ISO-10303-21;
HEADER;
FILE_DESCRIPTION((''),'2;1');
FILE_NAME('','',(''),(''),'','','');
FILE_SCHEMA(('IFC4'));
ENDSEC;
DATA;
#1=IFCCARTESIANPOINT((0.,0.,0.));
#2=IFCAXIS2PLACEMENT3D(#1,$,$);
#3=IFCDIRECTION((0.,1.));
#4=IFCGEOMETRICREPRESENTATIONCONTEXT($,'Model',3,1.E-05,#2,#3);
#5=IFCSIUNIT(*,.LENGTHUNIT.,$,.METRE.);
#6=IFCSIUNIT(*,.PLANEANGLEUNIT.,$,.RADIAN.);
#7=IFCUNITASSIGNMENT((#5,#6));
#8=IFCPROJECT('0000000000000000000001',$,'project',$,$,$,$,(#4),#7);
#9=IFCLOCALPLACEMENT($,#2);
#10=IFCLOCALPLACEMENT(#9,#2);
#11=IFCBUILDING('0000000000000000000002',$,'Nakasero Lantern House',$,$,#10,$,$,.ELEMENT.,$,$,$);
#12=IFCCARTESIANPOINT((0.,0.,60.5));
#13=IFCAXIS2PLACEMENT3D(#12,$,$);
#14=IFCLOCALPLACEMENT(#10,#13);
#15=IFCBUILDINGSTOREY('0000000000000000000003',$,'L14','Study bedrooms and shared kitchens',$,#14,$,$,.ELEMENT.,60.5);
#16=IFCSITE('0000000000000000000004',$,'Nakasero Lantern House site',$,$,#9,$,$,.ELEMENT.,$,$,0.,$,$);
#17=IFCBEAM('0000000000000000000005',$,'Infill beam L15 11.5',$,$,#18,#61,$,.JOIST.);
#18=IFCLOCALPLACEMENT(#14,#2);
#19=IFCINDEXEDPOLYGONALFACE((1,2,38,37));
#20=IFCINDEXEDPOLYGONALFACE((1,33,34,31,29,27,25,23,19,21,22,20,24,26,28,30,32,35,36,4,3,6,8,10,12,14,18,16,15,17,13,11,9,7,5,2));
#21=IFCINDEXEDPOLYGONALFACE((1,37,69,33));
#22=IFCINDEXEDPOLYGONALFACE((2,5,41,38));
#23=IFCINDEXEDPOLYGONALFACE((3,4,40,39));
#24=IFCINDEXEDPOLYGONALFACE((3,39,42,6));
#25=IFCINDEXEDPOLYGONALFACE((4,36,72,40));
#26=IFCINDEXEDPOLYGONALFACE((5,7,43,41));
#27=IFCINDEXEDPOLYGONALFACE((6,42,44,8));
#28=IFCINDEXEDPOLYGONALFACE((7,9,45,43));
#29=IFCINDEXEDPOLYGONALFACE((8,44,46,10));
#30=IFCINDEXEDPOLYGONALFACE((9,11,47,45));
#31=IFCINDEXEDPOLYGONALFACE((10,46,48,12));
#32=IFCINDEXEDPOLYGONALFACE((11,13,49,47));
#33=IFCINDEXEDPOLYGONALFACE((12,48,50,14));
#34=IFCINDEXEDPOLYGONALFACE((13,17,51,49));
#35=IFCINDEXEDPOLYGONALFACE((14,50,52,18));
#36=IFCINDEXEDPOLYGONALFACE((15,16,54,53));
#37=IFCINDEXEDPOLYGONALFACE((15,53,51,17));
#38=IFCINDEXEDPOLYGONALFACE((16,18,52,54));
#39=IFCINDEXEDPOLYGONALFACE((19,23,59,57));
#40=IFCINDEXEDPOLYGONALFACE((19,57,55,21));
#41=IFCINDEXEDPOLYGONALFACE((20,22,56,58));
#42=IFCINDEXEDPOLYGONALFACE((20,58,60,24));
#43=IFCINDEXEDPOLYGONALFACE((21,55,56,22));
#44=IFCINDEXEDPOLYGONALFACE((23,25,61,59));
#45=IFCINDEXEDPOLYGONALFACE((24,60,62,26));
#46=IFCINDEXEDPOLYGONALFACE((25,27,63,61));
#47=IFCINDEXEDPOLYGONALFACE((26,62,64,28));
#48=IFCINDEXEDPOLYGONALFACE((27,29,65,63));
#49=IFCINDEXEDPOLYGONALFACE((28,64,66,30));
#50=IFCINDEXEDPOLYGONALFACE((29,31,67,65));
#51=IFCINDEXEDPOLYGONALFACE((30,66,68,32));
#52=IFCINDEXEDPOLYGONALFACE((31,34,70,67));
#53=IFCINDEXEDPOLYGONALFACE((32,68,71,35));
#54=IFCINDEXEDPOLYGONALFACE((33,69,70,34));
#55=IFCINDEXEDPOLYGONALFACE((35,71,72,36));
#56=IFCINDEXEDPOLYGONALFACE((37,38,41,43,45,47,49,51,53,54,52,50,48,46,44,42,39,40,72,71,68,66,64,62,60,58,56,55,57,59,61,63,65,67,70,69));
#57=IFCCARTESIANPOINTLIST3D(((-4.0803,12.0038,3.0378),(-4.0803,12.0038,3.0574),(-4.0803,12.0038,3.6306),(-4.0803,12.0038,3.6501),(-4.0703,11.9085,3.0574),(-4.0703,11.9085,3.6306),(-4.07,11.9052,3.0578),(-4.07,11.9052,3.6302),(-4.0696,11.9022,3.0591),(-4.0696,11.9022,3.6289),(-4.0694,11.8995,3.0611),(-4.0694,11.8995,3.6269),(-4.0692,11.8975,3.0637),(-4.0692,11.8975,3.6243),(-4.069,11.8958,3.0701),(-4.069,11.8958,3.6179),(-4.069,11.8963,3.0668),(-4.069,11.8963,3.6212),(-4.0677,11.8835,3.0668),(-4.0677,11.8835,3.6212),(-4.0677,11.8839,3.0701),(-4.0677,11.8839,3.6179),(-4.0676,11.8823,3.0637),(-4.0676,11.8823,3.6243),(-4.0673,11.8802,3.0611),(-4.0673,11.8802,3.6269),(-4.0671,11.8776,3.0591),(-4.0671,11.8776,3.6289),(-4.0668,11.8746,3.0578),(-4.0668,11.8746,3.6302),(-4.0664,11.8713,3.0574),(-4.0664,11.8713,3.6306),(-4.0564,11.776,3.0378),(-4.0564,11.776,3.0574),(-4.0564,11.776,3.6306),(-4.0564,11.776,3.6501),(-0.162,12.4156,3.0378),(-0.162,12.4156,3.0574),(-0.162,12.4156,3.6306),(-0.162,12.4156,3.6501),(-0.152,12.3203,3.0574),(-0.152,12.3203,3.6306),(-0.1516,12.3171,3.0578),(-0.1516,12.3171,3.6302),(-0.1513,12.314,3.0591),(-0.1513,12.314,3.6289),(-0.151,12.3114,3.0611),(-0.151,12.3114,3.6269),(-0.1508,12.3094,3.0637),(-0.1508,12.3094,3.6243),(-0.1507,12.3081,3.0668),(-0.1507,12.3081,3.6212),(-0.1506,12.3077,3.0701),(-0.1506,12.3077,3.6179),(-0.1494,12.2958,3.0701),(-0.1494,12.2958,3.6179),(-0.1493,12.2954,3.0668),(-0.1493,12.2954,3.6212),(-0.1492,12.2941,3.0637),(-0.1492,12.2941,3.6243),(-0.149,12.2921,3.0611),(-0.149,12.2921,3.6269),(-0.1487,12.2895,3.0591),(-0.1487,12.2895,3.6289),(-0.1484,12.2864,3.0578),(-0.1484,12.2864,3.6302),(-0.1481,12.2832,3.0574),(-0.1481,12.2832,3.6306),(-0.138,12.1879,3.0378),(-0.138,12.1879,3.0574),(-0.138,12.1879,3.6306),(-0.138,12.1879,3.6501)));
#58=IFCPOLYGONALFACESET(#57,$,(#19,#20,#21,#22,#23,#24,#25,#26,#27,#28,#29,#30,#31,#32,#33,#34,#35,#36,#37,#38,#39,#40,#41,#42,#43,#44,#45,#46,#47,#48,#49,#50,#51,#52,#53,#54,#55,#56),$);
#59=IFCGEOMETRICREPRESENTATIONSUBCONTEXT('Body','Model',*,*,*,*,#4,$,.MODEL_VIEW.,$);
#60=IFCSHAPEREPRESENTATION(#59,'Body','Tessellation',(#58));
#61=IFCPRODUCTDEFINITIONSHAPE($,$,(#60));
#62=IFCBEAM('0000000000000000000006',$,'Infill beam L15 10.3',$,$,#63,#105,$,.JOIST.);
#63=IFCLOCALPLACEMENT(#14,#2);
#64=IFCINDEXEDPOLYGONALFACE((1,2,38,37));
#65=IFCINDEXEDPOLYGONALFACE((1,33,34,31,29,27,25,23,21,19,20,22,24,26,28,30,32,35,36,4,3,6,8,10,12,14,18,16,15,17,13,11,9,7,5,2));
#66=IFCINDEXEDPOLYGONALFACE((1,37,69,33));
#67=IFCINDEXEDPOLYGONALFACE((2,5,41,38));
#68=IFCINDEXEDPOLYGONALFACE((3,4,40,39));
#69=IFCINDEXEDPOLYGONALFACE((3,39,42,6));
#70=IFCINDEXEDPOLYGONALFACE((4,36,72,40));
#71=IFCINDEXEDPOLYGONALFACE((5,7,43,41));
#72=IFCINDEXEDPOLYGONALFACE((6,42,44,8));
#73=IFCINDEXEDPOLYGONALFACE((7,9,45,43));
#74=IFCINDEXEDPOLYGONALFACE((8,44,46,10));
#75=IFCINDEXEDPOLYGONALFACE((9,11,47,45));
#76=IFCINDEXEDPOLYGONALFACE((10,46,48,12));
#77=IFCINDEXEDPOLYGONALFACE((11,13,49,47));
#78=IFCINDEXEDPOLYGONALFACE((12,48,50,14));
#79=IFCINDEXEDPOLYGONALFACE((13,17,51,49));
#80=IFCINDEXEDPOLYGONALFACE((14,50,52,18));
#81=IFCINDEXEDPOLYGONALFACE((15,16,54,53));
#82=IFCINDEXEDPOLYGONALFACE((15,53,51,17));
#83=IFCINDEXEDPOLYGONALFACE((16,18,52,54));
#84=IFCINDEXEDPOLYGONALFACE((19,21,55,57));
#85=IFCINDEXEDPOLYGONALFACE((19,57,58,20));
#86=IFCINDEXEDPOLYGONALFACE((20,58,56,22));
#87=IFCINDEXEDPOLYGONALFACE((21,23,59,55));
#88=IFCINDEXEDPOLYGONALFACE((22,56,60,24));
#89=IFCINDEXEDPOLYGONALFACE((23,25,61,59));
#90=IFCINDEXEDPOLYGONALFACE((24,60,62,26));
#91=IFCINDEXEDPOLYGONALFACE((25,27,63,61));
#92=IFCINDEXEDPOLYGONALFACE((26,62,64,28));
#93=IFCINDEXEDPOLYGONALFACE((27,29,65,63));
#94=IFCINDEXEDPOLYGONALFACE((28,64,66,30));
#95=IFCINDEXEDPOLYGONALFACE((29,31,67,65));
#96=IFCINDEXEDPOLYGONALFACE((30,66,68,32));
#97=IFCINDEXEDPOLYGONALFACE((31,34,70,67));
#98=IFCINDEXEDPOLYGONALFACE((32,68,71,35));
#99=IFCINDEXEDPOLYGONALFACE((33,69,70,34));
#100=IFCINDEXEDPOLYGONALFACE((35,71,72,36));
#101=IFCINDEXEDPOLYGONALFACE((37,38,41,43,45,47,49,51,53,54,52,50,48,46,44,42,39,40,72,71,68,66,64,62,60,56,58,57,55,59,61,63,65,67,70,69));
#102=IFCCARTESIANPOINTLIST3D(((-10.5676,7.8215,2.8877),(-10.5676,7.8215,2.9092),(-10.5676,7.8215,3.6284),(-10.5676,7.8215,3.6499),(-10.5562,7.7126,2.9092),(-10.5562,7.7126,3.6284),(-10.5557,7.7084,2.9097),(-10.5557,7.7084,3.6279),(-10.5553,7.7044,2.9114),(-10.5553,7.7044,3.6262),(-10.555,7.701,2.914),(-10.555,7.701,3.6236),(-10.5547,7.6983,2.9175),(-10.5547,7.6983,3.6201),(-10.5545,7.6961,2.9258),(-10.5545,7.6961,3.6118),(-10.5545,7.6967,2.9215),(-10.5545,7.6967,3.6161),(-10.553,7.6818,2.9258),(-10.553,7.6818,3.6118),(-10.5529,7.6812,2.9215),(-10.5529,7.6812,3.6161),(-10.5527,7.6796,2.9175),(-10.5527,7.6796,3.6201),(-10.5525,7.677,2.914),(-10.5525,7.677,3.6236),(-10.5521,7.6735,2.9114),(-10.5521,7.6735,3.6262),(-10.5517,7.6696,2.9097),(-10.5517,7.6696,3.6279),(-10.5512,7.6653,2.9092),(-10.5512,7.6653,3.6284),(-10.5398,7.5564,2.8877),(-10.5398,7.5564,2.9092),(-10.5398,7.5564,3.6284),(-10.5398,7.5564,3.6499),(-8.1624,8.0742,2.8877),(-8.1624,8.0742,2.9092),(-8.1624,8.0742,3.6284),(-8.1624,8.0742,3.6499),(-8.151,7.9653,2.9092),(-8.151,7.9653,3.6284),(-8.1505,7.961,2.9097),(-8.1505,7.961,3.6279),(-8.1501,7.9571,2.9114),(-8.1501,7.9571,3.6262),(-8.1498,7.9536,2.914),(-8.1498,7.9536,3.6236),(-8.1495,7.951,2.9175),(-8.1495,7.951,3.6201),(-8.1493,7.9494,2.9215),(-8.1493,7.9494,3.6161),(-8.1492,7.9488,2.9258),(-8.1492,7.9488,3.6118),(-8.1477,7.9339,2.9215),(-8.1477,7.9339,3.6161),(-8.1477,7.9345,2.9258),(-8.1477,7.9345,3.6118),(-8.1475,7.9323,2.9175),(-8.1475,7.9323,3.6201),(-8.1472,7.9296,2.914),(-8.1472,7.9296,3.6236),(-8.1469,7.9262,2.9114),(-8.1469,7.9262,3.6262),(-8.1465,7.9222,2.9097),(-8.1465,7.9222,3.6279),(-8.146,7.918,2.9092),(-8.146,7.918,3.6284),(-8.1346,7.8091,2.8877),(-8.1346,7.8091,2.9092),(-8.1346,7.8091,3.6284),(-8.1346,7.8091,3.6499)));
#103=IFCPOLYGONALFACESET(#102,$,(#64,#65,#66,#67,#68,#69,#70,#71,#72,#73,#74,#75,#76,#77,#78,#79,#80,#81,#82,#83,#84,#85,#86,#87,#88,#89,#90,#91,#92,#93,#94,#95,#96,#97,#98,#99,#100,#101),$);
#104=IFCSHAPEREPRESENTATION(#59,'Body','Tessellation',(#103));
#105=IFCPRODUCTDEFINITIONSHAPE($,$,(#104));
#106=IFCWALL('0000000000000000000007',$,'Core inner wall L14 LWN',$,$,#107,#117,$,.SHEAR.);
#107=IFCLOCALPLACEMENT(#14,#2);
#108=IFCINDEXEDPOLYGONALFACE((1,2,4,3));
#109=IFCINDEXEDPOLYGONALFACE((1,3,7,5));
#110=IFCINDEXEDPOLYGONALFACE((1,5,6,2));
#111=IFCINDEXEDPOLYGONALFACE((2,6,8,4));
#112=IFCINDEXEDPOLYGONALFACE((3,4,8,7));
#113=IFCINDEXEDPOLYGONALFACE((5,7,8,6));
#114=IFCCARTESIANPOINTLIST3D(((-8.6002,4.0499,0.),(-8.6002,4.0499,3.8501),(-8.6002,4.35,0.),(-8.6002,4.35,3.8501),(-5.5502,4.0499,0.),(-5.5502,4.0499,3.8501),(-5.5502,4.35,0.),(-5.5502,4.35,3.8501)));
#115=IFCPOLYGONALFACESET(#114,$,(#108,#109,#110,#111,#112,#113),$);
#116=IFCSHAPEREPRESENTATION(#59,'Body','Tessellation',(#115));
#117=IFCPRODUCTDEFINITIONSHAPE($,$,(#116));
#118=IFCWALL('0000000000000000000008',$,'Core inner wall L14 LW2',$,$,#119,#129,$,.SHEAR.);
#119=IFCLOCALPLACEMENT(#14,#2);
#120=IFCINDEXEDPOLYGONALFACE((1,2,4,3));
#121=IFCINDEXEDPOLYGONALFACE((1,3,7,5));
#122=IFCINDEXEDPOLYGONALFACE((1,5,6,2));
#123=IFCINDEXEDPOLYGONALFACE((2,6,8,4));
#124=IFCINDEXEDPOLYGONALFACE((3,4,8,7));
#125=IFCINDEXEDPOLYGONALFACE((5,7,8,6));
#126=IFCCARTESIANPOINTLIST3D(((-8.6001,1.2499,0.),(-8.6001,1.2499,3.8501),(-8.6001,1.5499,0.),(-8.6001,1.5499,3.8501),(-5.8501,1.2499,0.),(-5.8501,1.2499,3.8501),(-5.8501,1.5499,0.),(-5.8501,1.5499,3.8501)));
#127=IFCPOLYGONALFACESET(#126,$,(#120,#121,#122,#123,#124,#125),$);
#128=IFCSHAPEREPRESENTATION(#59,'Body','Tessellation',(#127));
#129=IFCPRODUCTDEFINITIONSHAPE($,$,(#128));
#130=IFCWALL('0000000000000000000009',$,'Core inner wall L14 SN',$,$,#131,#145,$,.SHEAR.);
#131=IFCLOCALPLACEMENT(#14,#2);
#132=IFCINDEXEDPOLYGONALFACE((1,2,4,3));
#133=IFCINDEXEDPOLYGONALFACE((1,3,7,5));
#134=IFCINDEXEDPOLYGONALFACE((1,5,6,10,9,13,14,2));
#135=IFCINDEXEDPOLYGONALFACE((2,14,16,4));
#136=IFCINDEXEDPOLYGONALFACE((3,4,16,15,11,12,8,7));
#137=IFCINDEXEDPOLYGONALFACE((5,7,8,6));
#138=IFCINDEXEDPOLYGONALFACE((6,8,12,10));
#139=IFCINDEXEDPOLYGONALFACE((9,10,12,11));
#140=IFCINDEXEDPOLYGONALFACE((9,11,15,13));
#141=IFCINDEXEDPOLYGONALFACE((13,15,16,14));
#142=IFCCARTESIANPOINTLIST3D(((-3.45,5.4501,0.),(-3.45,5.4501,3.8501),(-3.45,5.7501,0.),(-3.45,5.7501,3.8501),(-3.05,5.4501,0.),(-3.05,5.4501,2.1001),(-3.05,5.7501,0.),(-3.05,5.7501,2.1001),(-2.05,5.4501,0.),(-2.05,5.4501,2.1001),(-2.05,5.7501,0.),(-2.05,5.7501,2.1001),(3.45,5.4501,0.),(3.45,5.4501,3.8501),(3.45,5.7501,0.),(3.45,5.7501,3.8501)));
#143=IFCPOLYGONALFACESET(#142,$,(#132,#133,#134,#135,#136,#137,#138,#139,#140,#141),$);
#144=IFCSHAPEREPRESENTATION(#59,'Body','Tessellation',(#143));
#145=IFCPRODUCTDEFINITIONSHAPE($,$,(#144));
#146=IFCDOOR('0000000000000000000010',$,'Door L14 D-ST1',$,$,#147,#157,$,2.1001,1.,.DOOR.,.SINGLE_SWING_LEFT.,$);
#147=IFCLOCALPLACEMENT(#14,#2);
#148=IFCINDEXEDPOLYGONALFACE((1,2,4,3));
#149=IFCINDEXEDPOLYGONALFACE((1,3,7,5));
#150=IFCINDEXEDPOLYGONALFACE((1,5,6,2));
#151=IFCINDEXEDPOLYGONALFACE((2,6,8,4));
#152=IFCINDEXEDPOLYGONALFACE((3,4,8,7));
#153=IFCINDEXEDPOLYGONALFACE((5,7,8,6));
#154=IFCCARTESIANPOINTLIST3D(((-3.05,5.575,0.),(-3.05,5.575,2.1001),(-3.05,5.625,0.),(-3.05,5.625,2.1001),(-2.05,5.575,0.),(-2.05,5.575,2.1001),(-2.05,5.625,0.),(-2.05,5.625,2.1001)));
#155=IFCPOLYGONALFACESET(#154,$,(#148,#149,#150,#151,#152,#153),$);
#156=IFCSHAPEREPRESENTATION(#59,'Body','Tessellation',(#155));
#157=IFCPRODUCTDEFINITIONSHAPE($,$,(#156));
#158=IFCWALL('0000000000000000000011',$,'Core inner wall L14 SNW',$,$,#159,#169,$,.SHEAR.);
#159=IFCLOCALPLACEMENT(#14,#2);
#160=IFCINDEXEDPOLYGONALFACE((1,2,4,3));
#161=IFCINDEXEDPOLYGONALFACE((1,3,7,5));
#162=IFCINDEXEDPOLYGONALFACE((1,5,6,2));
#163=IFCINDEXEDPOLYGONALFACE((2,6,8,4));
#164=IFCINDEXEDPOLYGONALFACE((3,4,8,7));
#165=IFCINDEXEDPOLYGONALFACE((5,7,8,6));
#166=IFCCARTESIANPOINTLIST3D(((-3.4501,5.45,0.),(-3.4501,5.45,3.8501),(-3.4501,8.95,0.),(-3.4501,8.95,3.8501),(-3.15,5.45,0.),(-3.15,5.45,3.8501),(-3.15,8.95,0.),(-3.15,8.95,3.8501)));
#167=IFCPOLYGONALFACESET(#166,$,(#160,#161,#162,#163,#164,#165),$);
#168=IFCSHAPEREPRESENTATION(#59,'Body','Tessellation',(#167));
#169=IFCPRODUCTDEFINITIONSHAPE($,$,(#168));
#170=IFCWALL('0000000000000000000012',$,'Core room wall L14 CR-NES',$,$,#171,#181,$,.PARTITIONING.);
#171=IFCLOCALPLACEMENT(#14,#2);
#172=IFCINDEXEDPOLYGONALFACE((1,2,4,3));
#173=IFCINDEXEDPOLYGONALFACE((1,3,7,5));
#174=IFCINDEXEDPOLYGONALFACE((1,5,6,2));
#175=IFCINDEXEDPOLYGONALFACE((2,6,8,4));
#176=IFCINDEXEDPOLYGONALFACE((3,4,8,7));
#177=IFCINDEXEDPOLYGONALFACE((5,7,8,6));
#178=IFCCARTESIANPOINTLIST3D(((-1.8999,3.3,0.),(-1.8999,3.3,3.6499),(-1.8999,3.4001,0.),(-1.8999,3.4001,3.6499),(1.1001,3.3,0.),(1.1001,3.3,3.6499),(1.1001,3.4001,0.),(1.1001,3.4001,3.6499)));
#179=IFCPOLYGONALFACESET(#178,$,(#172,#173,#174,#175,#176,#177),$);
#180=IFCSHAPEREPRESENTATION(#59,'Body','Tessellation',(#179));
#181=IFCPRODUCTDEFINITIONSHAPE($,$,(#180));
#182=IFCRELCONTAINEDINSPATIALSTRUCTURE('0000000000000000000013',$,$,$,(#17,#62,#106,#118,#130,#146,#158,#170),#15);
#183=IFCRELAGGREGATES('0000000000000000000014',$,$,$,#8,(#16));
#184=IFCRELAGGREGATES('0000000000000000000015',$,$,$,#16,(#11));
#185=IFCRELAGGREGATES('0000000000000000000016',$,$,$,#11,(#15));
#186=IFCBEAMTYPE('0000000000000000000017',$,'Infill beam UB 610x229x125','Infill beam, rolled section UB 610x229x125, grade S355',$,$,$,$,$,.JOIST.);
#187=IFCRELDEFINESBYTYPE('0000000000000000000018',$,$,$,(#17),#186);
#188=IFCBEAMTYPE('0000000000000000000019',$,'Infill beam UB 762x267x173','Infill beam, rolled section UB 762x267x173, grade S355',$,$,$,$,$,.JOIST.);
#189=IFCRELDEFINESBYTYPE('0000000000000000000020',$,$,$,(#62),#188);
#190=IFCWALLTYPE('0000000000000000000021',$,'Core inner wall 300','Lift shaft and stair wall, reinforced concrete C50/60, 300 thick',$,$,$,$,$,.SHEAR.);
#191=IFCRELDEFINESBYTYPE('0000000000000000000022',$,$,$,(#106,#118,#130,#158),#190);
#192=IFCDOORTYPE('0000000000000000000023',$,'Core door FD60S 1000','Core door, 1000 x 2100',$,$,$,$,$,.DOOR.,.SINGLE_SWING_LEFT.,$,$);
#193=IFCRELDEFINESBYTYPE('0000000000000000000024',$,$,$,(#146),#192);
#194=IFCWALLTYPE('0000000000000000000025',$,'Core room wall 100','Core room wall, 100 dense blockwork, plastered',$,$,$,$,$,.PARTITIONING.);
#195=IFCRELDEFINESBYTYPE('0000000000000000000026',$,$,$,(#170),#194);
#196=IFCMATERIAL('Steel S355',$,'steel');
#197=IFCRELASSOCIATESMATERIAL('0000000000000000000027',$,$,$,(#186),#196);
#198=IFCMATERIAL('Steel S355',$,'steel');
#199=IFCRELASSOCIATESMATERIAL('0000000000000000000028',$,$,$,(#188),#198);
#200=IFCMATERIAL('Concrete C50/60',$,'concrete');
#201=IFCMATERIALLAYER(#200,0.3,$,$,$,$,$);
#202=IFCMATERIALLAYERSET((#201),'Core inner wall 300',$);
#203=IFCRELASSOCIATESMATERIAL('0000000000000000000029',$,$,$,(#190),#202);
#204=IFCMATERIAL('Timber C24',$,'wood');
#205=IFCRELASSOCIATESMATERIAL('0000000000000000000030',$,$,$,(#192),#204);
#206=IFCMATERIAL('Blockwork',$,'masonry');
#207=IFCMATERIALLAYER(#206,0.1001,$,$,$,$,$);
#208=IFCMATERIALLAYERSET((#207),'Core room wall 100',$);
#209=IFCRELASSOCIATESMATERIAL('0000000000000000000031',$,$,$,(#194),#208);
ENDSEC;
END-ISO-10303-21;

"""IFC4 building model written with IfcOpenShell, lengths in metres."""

from ifc_helpers import new_model, si_unit, direction, frame, frame_2d, origin, origin_2d, place, context, subcontext, project, spatial, rectangle, i_section, extrude, material, layer, layer_set, material_profile, profile_set, type_object, element, fill, save


model = new_model("IFC4")

# Units and contexts
model_context = context("Model", 3, precision=1e-05, world=origin(), true_north=direction((0.0, 1.0)))
body_context = subcontext(model_context, "Body", "Model", "MODEL_VIEW")
ifc_project = project(units=[si_unit("LENGTHUNIT", "METRE"), si_unit("PLANEANGLEUNIT", "RADIAN")], contexts=[model_context])

# Site, building, storey
site_placement = place(None, origin())
site = spatial("IfcSite", under=ifc_project, at=site_placement, Name="Nakasero Lantern House site", CompositionType="ELEMENT", RefElevation=0.0)
building_placement = place(site_placement, origin())
building = spatial("IfcBuilding", under=site, at=building_placement, Name="Nakasero Lantern House", CompositionType="ELEMENT")
storey_placement = place(building_placement, frame((0.0, 0.0, 60.5)))
storey = spatial("IfcBuildingStorey", under=building, at=storey_placement, Name="L14", Description="Study bedrooms and shared kitchens", CompositionType="ELEMENT", Elevation=60.5)

# Beams
ifc_material_1 = material(Name="Steel S355", Category="steel")
ifc_material_profile_1 = material_profile(ifc_material_1, i_section(OverallWidth=0.229, OverallDepth=0.6123, WebThickness=0.012, FlangeThickness=0.0195, FilletRadius=0.0127, at=origin_2d()), Name="UB 610x229x125")
ifc_profile_set_1 = profile_set([ifc_material_profile_1], Name="Steel S355")
beam_type_1 = type_object("IfcBeamType", Name="Infill beam UB 610x229x125", Description="Infill beam, rolled section UB 610x229x125, grade S355", PredefinedType="JOIST", material=ifc_profile_set_1)
beam_1_placement = place(storey_placement, frame((-4.0684, 11.8899, 3.344), z_axis=(0.994521, 0.104533, 0.0), x_axis=(-0.104533, 0.994521, 0.0)))
element("IfcBeam", 1, at=beam_1_placement, inside=storey, type_object=beam_type_1, Name="Infill beam L15 11.5", PredefinedType="JOIST", context=body_context, shape_type="SweptSolid", body=[
    extrude(i_section(OverallWidth=0.229, OverallDepth=0.6123, WebThickness=0.012, FlangeThickness=0.0195, FilletRadius=0.0127, at=origin_2d()), origin(), (0.0, 0.0, 1.0), 3.9399),
])
ifc_material_2 = material(Name="Steel S355", Category="steel")
ifc_material_profile_2 = material_profile(ifc_material_2, i_section(OverallWidth=0.2666, OverallDepth=0.7622, WebThickness=0.0144, FlangeThickness=0.0215, FilletRadius=0.0166, at=origin_2d()), Name="UB 762x267x173")
ifc_profile_set_2 = profile_set([ifc_material_profile_2], Name="Steel S355")
beam_type_2 = type_object("IfcBeamType", Name="Infill beam UB 762x267x173", Description="Infill beam, rolled section UB 762x267x173, grade S355", PredefinedType="JOIST", material=ifc_profile_set_2)
beam_2_placement = place(storey_placement, frame((-10.5537, 7.689, 3.2688), z_axis=(0.994527, 0.10448, 0.0), x_axis=(-0.10448, 0.994527, 0.0)))
element("IfcBeam", 2, at=beam_2_placement, inside=storey, type_object=beam_type_2, Name="Infill beam L15 10.3", PredefinedType="JOIST", context=body_context, shape_type="SweptSolid", body=[
    extrude(i_section(OverallWidth=0.2666, OverallDepth=0.7622, WebThickness=0.0144, FlangeThickness=0.0215, FilletRadius=0.0166, at=origin_2d()), origin(), (0.0, 0.0, 1.0), 2.4185),
])

# Walls
ifc_material_3 = material(Name="Concrete C50/60", Category="concrete")
ifc_layer_1 = layer(ifc_material_3, 0.3)
ifc_layer_set_1 = layer_set([ifc_layer_1], Name="Core inner wall 300")
wall_type_1 = type_object("IfcWallType", Name="Core inner wall 300", Description="Lift shaft and stair wall, reinforced concrete C50/60, 300 thick", PredefinedType="SHEAR", material=ifc_layer_set_1)
wall_1_placement = place(storey_placement, frame((-8.6001, 4.2, 0.0), z_axis=(0.0, 0.0, 1.0), x_axis=(1.0, 0.0, 0.0)))
element("IfcWall", 3, at=wall_1_placement, inside=storey, type_object=wall_type_1, Name="Core inner wall L14 LWN", PredefinedType="SHEAR", context=body_context, shape_type="SweptSolid", body=[
    extrude(rectangle(XDim=3.05, YDim=0.3, at=frame_2d((1.5249, 0.0))), origin(), (0.0, 0.0, 1.0), 3.8501),
])
wall_2_placement = place(storey_placement, frame((-8.6001, 1.3999, 0.0), z_axis=(0.0, 0.0, 1.0), x_axis=(1.0, 0.0, 0.0)))
element("IfcWall", 4, at=wall_2_placement, inside=storey, type_object=wall_type_1, Name="Core inner wall L14 LW2", PredefinedType="SHEAR", context=body_context, shape_type="SweptSolid", body=[
    extrude(rectangle(XDim=2.75, YDim=0.3, at=frame_2d((1.375, 0.0))), origin(), (0.0, 0.0, 1.0), 3.8501),
])

# Wall, opening, door
wall_3_placement = place(storey_placement, frame((-3.45, 5.6001, 0.0), z_axis=(0.0, 0.0, 1.0), x_axis=(1.0, 0.0, 0.0)))
wall_3 = element("IfcWall", 5, at=wall_3_placement, inside=storey, type_object=wall_type_1, Name="Core inner wall L14 SN", PredefinedType="SHEAR", context=body_context, shape_type="SweptSolid", body=[
    extrude(rectangle(XDim=6.8999, YDim=0.3, at=frame_2d((3.45, 0.0))), origin(), (0.0, 0.0, 1.0), 3.8501),
])
opening_1_placement = place(wall_3_placement, frame((0.3999, 0.0, 0.0)))
opening_1 = element("IfcOpeningElement", 6, at=opening_1_placement, cuts=wall_3, PredefinedType="OPENING", context=body_context, shape_type="SweptSolid", body=[
    extrude(rectangle(XDim=1.0, YDim=2.1001, at=frame_2d((0.5, 1.05))), frame((0.0, 0.1699, 0.0), z_axis=(0.0, -1.0, 0.0), x_axis=(1.0, 0.0, 0.0)), (0.0, 0.0, 1.0), 0.3401),
])
ifc_material_4 = material(Name="Timber C24", Category="wood")
door_type = type_object("IfcDoorType", Name="Core door FD60S 1000", Description="Core door, 1000 x 2100", OperationType="SINGLE_SWING_LEFT", PredefinedType="DOOR", material=ifc_material_4)
door_1_placement = place(opening_1_placement, origin())
door_1 = element("IfcDoor", 7, at=door_1_placement, inside=storey, type_object=door_type, Name="Door L14 D-ST1", OperationType="SINGLE_SWING_LEFT", OverallHeight=2.1001, OverallWidth=1.0, PredefinedType="DOOR", context=body_context, shape_type="SweptSolid", body=[
    extrude(rectangle(XDim=1.0, YDim=2.1001, at=frame_2d((0.5, 1.05))), frame((0.0, 0.0249, 0.0), z_axis=(0.0, -1.0, 0.0), x_axis=(1.0, 0.0, 0.0)), (0.0, 0.0, 1.0), 0.05),
])
fill(opening_1, door_1)

# Walls
wall_4_placement = place(storey_placement, frame((-3.3, 5.45, 0.0), z_axis=(0.0, 0.0, 1.0), x_axis=(0.0, 1.0, 0.0)))
element("IfcWall", 8, at=wall_4_placement, inside=storey, type_object=wall_type_1, Name="Core inner wall L14 SNW", PredefinedType="SHEAR", context=body_context, shape_type="SweptSolid", body=[
    extrude(rectangle(XDim=3.5, YDim=0.3, at=frame_2d((1.75, 0.0))), origin(), (0.0, 0.0, 1.0), 3.8501),
])
ifc_material_5 = material(Name="Blockwork", Category="masonry")
ifc_layer_2 = layer(ifc_material_5, 0.1001)
ifc_layer_set_2 = layer_set([ifc_layer_2], Name="Core room wall 100")
wall_type_2 = type_object("IfcWallType", Name="Core room wall 100", Description="Core room wall, 100 dense blockwork, plastered", PredefinedType="PARTITIONING", material=ifc_layer_set_2)
wall_5_placement = place(storey_placement, frame((-1.8999, 3.3501, 0.0), z_axis=(0.0, 0.0, 1.0), x_axis=(1.0, 0.0, 0.0)))
element("IfcWall", 9, at=wall_5_placement, inside=storey, type_object=wall_type_2, Name="Core room wall L14 CR-NES", PredefinedType="PARTITIONING", context=body_context, shape_type="SweptSolid", body=[
    extrude(rectangle(XDim=3.0, YDim=0.1001, at=frame_2d((1.5, 0.0))), origin(), (0.0, 0.0, 1.0), 3.6499),
])

save(model, "model.ifc")
